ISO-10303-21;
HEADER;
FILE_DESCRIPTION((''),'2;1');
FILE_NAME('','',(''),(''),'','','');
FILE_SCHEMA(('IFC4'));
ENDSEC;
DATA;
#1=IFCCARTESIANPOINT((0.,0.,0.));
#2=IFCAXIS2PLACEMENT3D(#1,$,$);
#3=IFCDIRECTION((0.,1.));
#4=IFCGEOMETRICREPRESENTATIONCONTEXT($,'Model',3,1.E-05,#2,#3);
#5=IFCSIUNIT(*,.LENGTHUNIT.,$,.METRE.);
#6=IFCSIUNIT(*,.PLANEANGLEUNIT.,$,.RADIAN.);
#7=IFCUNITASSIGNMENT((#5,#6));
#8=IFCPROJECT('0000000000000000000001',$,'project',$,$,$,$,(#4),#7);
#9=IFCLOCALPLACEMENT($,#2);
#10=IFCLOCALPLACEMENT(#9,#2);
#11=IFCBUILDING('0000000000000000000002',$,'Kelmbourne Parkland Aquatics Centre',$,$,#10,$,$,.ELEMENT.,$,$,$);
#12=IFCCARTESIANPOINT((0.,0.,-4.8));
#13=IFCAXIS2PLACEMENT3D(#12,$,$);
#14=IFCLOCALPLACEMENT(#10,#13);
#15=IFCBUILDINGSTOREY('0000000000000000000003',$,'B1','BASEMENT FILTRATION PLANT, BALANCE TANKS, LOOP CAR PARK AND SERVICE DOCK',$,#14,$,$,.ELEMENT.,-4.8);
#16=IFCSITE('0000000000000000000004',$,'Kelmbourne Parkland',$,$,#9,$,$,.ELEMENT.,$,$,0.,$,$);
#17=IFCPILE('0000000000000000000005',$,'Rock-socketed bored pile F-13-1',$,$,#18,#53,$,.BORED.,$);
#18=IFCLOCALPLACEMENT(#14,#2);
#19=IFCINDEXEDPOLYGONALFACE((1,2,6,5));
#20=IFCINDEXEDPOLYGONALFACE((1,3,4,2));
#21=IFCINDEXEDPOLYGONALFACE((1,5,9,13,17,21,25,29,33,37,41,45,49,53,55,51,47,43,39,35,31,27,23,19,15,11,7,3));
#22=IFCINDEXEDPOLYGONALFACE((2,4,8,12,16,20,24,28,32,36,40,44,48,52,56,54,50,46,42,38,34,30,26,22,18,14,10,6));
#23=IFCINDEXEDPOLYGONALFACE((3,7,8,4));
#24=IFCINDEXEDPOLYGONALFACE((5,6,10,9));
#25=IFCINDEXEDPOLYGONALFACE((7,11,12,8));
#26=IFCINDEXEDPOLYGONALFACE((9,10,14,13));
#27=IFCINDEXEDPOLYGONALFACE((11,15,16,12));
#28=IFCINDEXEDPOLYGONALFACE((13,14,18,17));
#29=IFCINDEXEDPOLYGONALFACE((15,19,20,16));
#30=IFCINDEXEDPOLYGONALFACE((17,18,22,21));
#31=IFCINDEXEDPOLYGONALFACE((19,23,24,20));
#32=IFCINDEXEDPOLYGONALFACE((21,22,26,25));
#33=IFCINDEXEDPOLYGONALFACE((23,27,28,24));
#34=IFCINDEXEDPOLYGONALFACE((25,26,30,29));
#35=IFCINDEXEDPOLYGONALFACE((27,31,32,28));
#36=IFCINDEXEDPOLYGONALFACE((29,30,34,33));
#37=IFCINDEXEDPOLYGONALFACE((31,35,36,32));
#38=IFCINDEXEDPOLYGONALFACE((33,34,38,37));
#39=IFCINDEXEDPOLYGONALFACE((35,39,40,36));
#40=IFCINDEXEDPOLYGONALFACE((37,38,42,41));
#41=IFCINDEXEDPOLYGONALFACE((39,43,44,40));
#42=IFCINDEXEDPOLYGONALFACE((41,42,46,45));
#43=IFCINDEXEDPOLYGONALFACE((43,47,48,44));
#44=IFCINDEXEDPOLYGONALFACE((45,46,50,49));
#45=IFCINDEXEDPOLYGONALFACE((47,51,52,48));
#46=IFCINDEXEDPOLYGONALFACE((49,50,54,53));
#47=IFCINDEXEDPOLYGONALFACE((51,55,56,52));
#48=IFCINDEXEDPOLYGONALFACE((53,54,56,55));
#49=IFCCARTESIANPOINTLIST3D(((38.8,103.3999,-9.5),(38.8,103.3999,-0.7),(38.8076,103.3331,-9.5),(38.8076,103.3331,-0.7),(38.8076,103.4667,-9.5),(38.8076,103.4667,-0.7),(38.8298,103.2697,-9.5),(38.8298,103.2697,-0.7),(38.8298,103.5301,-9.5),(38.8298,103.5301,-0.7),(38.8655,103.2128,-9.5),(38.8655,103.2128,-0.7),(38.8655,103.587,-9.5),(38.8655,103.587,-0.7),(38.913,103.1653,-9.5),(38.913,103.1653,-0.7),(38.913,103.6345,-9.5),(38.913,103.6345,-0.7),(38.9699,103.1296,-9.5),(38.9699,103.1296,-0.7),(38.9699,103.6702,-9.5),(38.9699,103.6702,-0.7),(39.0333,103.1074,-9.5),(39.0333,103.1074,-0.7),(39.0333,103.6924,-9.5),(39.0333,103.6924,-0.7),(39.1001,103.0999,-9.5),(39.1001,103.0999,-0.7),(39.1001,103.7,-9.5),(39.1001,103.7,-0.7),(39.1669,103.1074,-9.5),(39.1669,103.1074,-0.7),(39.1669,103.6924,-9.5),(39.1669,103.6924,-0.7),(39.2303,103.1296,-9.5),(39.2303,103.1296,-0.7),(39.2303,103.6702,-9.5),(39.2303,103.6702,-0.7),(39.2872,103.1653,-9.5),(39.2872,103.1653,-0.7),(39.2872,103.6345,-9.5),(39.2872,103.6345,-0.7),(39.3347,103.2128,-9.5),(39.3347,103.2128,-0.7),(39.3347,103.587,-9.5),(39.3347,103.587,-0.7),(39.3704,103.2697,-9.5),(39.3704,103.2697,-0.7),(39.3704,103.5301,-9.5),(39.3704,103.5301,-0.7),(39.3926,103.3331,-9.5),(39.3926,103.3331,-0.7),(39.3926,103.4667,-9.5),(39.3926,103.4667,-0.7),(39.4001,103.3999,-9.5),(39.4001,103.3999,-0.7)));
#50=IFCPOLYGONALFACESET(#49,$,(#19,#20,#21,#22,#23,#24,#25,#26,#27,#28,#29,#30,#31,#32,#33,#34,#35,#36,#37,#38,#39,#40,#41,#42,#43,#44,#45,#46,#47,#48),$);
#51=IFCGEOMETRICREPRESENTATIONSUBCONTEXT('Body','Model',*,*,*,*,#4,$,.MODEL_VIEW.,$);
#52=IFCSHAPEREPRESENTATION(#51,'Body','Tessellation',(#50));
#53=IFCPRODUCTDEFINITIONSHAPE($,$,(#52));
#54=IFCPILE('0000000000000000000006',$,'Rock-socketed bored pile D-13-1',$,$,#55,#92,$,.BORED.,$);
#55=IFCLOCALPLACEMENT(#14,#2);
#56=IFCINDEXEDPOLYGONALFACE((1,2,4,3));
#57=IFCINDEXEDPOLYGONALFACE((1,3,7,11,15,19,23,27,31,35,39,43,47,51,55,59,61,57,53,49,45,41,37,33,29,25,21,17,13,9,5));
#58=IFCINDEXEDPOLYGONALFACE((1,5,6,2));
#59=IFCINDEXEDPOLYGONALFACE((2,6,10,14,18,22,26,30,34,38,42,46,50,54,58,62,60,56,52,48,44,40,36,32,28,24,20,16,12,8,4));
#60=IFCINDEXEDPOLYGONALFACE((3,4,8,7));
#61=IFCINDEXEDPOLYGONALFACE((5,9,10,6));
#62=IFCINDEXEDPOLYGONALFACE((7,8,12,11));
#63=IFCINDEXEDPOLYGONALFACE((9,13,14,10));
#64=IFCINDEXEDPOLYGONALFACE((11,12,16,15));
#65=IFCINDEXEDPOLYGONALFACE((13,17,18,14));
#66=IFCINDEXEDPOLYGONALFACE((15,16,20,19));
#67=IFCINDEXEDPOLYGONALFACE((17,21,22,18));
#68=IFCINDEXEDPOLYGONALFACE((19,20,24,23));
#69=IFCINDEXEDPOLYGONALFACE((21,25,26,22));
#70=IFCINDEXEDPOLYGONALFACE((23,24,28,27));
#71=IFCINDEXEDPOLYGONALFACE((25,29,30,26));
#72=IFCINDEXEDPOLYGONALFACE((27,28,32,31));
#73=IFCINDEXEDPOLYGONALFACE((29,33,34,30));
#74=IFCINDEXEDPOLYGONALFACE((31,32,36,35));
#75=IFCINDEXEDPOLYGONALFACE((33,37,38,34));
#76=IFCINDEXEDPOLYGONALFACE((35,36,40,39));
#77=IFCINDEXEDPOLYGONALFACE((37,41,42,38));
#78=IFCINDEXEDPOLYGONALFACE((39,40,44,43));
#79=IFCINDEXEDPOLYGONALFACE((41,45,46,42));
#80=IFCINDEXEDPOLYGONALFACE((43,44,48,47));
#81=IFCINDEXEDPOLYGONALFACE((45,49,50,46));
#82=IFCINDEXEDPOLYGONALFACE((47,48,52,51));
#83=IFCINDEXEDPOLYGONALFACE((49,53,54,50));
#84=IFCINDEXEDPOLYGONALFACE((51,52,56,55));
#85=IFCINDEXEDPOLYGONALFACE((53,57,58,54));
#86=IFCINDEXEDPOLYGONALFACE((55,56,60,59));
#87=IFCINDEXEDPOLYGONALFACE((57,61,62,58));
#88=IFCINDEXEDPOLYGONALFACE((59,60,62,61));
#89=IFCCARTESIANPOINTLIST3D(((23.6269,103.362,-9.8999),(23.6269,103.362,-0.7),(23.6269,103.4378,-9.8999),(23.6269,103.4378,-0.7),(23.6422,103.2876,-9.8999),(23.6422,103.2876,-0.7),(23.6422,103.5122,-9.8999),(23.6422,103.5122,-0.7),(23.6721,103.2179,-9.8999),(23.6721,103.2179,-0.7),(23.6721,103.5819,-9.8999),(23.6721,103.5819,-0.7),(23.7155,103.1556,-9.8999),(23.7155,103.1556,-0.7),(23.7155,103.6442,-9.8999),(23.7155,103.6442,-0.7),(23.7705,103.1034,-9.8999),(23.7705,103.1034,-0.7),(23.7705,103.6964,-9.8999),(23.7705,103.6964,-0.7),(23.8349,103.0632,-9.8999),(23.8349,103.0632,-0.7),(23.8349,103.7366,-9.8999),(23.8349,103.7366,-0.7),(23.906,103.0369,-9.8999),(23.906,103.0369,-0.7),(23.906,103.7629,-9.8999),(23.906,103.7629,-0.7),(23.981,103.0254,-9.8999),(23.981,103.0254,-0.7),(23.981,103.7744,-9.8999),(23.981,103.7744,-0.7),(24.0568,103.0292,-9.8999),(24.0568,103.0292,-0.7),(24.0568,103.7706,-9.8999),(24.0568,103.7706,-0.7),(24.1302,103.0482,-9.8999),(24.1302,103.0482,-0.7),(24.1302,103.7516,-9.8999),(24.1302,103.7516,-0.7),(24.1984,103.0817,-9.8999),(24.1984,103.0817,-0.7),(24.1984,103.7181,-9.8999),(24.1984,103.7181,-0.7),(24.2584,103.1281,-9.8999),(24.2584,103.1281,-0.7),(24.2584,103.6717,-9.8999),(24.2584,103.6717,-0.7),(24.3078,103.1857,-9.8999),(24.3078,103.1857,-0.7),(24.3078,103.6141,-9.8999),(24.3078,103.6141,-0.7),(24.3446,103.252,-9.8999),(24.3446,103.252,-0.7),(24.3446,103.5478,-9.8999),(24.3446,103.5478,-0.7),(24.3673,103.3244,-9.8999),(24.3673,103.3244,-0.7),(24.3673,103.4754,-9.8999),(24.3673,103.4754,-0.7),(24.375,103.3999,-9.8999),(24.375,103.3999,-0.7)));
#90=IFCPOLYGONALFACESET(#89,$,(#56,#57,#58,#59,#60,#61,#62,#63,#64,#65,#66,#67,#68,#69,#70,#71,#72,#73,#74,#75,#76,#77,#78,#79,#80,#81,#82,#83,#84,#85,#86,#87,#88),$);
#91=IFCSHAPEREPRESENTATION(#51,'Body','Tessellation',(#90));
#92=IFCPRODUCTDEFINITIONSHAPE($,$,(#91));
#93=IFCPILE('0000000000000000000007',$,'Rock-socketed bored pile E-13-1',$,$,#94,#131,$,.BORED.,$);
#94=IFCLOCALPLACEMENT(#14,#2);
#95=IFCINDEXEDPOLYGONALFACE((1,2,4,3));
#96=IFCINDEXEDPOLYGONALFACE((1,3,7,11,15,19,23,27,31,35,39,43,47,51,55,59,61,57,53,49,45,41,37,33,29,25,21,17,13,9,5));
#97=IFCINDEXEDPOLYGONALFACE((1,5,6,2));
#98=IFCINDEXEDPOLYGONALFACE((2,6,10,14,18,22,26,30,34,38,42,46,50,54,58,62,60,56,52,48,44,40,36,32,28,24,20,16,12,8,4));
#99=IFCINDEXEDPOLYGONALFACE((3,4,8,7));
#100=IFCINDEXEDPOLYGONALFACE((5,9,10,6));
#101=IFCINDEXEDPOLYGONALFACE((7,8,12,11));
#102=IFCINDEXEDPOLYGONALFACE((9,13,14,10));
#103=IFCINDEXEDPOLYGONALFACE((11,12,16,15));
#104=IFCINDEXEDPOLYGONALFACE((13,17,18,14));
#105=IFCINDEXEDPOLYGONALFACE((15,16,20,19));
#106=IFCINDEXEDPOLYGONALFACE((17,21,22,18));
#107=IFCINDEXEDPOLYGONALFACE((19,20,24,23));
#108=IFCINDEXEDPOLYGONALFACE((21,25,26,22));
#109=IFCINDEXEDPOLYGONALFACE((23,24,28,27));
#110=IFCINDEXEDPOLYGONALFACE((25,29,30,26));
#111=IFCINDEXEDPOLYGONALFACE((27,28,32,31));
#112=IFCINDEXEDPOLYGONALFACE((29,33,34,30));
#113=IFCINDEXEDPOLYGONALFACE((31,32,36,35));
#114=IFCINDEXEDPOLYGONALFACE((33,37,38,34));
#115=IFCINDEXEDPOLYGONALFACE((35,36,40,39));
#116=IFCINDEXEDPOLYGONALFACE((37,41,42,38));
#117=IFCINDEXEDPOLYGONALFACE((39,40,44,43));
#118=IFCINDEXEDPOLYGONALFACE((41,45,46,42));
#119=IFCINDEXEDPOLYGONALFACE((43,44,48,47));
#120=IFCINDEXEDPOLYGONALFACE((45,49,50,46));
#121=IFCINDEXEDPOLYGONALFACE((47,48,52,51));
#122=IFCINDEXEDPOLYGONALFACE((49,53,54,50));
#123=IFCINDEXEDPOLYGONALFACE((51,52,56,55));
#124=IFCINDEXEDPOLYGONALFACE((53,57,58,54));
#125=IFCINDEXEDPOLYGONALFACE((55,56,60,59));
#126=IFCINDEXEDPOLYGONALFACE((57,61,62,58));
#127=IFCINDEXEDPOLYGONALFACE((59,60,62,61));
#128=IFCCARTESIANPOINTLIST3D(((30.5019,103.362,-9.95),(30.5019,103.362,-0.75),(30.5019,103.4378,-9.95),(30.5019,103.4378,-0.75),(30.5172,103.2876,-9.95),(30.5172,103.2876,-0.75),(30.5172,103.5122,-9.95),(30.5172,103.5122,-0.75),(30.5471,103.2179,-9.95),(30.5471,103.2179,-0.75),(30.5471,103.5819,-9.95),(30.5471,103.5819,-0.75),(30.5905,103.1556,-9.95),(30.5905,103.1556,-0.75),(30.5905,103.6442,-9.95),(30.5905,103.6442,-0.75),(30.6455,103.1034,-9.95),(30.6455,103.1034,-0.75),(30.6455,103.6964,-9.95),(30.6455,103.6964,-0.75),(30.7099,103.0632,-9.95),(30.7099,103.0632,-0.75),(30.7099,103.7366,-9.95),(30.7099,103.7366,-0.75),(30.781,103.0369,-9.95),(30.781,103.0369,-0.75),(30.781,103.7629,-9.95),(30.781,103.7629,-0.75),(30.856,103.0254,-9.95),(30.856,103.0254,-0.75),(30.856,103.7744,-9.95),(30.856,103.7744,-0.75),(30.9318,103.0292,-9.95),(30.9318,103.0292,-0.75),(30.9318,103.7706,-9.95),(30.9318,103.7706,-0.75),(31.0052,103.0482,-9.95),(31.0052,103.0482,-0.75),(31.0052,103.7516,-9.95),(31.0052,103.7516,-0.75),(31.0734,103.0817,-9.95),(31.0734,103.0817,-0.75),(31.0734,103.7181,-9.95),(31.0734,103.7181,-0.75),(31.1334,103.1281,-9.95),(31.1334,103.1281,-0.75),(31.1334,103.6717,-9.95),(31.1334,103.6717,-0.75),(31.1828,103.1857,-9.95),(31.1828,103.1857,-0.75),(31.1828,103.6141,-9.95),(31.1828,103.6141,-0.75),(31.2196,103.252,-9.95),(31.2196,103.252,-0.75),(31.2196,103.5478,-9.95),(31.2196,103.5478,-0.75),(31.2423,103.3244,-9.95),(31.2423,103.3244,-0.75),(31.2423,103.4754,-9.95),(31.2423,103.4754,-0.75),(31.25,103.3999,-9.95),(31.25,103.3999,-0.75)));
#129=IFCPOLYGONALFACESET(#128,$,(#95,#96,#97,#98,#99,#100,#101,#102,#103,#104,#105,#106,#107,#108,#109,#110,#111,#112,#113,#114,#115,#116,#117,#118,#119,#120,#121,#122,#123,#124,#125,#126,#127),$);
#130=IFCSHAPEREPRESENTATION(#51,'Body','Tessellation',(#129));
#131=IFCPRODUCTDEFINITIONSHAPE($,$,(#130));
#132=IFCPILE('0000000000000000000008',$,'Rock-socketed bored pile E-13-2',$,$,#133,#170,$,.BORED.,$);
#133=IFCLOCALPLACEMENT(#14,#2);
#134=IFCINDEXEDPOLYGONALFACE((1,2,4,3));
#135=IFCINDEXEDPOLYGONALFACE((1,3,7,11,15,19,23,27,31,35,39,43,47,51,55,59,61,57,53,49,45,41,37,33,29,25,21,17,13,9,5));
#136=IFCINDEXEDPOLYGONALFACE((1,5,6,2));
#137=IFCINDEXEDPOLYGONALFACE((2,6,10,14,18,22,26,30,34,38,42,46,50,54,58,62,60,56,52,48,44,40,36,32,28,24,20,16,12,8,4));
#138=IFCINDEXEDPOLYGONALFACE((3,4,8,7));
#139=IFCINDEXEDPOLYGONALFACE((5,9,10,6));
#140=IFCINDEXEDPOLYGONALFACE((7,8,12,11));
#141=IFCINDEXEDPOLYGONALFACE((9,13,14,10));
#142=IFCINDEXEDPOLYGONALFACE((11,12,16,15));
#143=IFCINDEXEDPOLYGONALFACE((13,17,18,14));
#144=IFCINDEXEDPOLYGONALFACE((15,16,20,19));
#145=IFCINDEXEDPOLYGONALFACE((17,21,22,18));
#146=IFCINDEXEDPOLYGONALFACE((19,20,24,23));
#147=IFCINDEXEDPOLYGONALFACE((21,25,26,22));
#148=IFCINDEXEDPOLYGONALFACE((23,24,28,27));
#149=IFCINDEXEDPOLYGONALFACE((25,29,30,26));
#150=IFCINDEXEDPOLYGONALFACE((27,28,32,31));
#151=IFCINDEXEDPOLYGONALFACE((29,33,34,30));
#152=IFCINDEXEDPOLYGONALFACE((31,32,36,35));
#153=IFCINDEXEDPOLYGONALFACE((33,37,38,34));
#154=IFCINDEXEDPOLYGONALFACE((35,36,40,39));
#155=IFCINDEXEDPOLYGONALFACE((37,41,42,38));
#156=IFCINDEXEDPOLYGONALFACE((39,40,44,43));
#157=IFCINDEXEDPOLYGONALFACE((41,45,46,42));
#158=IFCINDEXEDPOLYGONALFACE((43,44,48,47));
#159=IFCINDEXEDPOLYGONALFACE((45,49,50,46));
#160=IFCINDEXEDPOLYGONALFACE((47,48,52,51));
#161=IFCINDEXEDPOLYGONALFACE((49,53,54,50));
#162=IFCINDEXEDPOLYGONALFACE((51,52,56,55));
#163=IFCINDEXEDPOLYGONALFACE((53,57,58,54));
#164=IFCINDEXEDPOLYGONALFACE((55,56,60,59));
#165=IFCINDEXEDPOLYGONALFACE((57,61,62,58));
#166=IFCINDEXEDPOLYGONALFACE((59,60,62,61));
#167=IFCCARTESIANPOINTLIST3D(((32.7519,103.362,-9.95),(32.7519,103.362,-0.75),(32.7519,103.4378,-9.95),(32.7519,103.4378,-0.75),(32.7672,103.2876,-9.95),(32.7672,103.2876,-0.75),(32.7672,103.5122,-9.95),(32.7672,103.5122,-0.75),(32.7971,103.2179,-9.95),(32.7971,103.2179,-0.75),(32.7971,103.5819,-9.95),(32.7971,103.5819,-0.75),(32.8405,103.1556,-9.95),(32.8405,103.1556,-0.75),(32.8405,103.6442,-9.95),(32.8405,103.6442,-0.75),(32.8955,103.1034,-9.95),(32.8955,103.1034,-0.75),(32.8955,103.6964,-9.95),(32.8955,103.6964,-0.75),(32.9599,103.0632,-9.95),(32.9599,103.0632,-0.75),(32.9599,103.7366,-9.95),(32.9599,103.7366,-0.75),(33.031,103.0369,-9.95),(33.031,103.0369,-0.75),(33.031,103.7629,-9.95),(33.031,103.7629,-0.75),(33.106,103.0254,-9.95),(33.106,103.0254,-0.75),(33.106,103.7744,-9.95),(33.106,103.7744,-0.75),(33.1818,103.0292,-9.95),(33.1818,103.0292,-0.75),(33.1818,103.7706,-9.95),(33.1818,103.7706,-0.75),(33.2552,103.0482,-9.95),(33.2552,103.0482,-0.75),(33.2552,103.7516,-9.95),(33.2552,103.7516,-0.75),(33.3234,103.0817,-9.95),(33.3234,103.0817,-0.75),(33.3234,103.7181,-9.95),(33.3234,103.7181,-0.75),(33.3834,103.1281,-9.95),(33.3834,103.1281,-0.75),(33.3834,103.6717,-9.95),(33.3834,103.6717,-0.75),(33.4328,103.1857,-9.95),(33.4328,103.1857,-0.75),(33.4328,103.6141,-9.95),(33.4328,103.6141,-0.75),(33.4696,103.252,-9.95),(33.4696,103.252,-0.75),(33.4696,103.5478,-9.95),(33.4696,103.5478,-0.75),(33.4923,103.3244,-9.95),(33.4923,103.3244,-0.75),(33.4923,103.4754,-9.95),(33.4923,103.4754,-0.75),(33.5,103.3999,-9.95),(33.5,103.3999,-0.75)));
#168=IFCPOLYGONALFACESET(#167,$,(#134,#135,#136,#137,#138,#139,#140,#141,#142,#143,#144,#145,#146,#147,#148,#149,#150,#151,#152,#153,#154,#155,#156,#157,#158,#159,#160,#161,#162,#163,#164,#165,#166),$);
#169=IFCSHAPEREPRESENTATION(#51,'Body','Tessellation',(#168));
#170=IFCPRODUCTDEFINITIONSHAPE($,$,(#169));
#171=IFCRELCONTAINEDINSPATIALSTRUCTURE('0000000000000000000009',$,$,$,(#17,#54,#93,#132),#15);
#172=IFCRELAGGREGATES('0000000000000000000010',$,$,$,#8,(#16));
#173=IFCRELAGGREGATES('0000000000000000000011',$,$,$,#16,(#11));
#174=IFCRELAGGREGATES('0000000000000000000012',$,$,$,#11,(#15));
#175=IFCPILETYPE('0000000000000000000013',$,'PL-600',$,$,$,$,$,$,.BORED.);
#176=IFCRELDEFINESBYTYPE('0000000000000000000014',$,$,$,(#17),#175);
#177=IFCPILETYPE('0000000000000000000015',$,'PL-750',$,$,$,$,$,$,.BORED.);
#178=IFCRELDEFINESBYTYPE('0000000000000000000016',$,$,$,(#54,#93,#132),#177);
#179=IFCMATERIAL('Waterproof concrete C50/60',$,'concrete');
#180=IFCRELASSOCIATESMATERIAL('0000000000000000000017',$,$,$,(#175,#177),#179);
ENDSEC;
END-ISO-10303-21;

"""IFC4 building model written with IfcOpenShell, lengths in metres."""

from ifc_helpers import new_model, si_unit, direction, frame, origin, origin_2d, place, context, subcontext, project, spatial, circle, extrude, material, material_profile, profile_set, type_object, element, save


model = new_model("IFC4")

# Units and contexts
model_context = context("Model", 3, precision=1e-05, world=origin(), true_north=direction((0.0, 1.0)))
body_context = subcontext(model_context, "Body", "Model", "MODEL_VIEW")
ifc_project = project(units=[si_unit("LENGTHUNIT", "METRE"), si_unit("PLANEANGLEUNIT", "RADIAN")], contexts=[model_context])

# Site, building, storey
site_placement = place(None, origin())
site = spatial("IfcSite", under=ifc_project, at=site_placement, Name="Kelmbourne Parkland", CompositionType="ELEMENT", RefElevation=0.0)
building_placement = place(site_placement, origin())
building = spatial("IfcBuilding", under=site, at=building_placement, Name="Kelmbourne Parkland Aquatics Centre", CompositionType="ELEMENT")
storey_placement = place(building_placement, frame((0.0, 0.0, -4.8)))
storey = spatial("IfcBuildingStorey", under=building, at=storey_placement, Name="B1", Description="BASEMENT FILTRATION PLANT, BALANCE TANKS, LOOP CAR PARK AND SERVICE DOCK", CompositionType="ELEMENT", Elevation=-4.8)

# Shared definitions
ifc_material_1 = material(Name="Waterproof concrete C50/60", Category="concrete")

# Piles
ifc_material_profile_1 = material_profile(ifc_material_1, circle(Radius=0.3, at=origin_2d()), Name="PILE D600")
ifc_profile_set_1 = profile_set([ifc_material_profile_1], Name="Waterproof concrete C50/60")
pile_type_1 = type_object("IfcPileType", Name="PL-600", PredefinedType="BORED", material=ifc_profile_set_1)
for number, where, z_axis, x_axis, name in (
    (1, (39.1001, 103.3999, -0.7), (0.0, 0.0, -1.0), (1.0, 0.0, 0.0), "Rock-socketed bored pile F-13-1"),
):
    element("IfcPile", number, at=place(storey_placement, frame(where, z_axis=z_axis, x_axis=x_axis)), inside=storey, type_object=pile_type_1, Name=name, PredefinedType="BORED", context=body_context, shape_type="SweptSolid", body=[
        extrude(circle(Radius=0.3, at=origin_2d()), origin(), (0.0, 0.0, 1.0), 8.8),
    ])
ifc_material_profile_2 = material_profile(ifc_material_1, circle(Radius=0.375, at=origin_2d()), Name="PILE D750")
ifc_profile_set_2 = profile_set([ifc_material_profile_2], Name="Waterproof concrete C50/60")
pile_type_2 = type_object("IfcPileType", Name="PL-750", PredefinedType="BORED", material=ifc_profile_set_2)
for number, where, z_axis, x_axis, name in (
    (2, (24.0, 103.3999, -0.7), (0.0, 0.0, -1.0), (1.0, 0.0, 0.0), "Rock-socketed bored pile D-13-1"),
    (3, (30.875, 103.3999, -0.75), (0.0, 0.0, -1.0), (1.0, 0.0, 0.0), "Rock-socketed bored pile E-13-1"),
    (4, (33.125, 103.3999, -0.75), (0.0, 0.0, -1.0), (1.0, 0.0, 0.0), "Rock-socketed bored pile E-13-2"),
):
    element("IfcPile", number, at=place(storey_placement, frame(where, z_axis=z_axis, x_axis=x_axis)), inside=storey, type_object=pile_type_2, Name=name, PredefinedType="BORED", context=body_context, shape_type="SweptSolid", body=[
        extrude(circle(Radius=0.375, at=origin_2d()), origin(), (0.0, 0.0, 1.0), 9.2),
    ])

save(model, "model.ifc")
